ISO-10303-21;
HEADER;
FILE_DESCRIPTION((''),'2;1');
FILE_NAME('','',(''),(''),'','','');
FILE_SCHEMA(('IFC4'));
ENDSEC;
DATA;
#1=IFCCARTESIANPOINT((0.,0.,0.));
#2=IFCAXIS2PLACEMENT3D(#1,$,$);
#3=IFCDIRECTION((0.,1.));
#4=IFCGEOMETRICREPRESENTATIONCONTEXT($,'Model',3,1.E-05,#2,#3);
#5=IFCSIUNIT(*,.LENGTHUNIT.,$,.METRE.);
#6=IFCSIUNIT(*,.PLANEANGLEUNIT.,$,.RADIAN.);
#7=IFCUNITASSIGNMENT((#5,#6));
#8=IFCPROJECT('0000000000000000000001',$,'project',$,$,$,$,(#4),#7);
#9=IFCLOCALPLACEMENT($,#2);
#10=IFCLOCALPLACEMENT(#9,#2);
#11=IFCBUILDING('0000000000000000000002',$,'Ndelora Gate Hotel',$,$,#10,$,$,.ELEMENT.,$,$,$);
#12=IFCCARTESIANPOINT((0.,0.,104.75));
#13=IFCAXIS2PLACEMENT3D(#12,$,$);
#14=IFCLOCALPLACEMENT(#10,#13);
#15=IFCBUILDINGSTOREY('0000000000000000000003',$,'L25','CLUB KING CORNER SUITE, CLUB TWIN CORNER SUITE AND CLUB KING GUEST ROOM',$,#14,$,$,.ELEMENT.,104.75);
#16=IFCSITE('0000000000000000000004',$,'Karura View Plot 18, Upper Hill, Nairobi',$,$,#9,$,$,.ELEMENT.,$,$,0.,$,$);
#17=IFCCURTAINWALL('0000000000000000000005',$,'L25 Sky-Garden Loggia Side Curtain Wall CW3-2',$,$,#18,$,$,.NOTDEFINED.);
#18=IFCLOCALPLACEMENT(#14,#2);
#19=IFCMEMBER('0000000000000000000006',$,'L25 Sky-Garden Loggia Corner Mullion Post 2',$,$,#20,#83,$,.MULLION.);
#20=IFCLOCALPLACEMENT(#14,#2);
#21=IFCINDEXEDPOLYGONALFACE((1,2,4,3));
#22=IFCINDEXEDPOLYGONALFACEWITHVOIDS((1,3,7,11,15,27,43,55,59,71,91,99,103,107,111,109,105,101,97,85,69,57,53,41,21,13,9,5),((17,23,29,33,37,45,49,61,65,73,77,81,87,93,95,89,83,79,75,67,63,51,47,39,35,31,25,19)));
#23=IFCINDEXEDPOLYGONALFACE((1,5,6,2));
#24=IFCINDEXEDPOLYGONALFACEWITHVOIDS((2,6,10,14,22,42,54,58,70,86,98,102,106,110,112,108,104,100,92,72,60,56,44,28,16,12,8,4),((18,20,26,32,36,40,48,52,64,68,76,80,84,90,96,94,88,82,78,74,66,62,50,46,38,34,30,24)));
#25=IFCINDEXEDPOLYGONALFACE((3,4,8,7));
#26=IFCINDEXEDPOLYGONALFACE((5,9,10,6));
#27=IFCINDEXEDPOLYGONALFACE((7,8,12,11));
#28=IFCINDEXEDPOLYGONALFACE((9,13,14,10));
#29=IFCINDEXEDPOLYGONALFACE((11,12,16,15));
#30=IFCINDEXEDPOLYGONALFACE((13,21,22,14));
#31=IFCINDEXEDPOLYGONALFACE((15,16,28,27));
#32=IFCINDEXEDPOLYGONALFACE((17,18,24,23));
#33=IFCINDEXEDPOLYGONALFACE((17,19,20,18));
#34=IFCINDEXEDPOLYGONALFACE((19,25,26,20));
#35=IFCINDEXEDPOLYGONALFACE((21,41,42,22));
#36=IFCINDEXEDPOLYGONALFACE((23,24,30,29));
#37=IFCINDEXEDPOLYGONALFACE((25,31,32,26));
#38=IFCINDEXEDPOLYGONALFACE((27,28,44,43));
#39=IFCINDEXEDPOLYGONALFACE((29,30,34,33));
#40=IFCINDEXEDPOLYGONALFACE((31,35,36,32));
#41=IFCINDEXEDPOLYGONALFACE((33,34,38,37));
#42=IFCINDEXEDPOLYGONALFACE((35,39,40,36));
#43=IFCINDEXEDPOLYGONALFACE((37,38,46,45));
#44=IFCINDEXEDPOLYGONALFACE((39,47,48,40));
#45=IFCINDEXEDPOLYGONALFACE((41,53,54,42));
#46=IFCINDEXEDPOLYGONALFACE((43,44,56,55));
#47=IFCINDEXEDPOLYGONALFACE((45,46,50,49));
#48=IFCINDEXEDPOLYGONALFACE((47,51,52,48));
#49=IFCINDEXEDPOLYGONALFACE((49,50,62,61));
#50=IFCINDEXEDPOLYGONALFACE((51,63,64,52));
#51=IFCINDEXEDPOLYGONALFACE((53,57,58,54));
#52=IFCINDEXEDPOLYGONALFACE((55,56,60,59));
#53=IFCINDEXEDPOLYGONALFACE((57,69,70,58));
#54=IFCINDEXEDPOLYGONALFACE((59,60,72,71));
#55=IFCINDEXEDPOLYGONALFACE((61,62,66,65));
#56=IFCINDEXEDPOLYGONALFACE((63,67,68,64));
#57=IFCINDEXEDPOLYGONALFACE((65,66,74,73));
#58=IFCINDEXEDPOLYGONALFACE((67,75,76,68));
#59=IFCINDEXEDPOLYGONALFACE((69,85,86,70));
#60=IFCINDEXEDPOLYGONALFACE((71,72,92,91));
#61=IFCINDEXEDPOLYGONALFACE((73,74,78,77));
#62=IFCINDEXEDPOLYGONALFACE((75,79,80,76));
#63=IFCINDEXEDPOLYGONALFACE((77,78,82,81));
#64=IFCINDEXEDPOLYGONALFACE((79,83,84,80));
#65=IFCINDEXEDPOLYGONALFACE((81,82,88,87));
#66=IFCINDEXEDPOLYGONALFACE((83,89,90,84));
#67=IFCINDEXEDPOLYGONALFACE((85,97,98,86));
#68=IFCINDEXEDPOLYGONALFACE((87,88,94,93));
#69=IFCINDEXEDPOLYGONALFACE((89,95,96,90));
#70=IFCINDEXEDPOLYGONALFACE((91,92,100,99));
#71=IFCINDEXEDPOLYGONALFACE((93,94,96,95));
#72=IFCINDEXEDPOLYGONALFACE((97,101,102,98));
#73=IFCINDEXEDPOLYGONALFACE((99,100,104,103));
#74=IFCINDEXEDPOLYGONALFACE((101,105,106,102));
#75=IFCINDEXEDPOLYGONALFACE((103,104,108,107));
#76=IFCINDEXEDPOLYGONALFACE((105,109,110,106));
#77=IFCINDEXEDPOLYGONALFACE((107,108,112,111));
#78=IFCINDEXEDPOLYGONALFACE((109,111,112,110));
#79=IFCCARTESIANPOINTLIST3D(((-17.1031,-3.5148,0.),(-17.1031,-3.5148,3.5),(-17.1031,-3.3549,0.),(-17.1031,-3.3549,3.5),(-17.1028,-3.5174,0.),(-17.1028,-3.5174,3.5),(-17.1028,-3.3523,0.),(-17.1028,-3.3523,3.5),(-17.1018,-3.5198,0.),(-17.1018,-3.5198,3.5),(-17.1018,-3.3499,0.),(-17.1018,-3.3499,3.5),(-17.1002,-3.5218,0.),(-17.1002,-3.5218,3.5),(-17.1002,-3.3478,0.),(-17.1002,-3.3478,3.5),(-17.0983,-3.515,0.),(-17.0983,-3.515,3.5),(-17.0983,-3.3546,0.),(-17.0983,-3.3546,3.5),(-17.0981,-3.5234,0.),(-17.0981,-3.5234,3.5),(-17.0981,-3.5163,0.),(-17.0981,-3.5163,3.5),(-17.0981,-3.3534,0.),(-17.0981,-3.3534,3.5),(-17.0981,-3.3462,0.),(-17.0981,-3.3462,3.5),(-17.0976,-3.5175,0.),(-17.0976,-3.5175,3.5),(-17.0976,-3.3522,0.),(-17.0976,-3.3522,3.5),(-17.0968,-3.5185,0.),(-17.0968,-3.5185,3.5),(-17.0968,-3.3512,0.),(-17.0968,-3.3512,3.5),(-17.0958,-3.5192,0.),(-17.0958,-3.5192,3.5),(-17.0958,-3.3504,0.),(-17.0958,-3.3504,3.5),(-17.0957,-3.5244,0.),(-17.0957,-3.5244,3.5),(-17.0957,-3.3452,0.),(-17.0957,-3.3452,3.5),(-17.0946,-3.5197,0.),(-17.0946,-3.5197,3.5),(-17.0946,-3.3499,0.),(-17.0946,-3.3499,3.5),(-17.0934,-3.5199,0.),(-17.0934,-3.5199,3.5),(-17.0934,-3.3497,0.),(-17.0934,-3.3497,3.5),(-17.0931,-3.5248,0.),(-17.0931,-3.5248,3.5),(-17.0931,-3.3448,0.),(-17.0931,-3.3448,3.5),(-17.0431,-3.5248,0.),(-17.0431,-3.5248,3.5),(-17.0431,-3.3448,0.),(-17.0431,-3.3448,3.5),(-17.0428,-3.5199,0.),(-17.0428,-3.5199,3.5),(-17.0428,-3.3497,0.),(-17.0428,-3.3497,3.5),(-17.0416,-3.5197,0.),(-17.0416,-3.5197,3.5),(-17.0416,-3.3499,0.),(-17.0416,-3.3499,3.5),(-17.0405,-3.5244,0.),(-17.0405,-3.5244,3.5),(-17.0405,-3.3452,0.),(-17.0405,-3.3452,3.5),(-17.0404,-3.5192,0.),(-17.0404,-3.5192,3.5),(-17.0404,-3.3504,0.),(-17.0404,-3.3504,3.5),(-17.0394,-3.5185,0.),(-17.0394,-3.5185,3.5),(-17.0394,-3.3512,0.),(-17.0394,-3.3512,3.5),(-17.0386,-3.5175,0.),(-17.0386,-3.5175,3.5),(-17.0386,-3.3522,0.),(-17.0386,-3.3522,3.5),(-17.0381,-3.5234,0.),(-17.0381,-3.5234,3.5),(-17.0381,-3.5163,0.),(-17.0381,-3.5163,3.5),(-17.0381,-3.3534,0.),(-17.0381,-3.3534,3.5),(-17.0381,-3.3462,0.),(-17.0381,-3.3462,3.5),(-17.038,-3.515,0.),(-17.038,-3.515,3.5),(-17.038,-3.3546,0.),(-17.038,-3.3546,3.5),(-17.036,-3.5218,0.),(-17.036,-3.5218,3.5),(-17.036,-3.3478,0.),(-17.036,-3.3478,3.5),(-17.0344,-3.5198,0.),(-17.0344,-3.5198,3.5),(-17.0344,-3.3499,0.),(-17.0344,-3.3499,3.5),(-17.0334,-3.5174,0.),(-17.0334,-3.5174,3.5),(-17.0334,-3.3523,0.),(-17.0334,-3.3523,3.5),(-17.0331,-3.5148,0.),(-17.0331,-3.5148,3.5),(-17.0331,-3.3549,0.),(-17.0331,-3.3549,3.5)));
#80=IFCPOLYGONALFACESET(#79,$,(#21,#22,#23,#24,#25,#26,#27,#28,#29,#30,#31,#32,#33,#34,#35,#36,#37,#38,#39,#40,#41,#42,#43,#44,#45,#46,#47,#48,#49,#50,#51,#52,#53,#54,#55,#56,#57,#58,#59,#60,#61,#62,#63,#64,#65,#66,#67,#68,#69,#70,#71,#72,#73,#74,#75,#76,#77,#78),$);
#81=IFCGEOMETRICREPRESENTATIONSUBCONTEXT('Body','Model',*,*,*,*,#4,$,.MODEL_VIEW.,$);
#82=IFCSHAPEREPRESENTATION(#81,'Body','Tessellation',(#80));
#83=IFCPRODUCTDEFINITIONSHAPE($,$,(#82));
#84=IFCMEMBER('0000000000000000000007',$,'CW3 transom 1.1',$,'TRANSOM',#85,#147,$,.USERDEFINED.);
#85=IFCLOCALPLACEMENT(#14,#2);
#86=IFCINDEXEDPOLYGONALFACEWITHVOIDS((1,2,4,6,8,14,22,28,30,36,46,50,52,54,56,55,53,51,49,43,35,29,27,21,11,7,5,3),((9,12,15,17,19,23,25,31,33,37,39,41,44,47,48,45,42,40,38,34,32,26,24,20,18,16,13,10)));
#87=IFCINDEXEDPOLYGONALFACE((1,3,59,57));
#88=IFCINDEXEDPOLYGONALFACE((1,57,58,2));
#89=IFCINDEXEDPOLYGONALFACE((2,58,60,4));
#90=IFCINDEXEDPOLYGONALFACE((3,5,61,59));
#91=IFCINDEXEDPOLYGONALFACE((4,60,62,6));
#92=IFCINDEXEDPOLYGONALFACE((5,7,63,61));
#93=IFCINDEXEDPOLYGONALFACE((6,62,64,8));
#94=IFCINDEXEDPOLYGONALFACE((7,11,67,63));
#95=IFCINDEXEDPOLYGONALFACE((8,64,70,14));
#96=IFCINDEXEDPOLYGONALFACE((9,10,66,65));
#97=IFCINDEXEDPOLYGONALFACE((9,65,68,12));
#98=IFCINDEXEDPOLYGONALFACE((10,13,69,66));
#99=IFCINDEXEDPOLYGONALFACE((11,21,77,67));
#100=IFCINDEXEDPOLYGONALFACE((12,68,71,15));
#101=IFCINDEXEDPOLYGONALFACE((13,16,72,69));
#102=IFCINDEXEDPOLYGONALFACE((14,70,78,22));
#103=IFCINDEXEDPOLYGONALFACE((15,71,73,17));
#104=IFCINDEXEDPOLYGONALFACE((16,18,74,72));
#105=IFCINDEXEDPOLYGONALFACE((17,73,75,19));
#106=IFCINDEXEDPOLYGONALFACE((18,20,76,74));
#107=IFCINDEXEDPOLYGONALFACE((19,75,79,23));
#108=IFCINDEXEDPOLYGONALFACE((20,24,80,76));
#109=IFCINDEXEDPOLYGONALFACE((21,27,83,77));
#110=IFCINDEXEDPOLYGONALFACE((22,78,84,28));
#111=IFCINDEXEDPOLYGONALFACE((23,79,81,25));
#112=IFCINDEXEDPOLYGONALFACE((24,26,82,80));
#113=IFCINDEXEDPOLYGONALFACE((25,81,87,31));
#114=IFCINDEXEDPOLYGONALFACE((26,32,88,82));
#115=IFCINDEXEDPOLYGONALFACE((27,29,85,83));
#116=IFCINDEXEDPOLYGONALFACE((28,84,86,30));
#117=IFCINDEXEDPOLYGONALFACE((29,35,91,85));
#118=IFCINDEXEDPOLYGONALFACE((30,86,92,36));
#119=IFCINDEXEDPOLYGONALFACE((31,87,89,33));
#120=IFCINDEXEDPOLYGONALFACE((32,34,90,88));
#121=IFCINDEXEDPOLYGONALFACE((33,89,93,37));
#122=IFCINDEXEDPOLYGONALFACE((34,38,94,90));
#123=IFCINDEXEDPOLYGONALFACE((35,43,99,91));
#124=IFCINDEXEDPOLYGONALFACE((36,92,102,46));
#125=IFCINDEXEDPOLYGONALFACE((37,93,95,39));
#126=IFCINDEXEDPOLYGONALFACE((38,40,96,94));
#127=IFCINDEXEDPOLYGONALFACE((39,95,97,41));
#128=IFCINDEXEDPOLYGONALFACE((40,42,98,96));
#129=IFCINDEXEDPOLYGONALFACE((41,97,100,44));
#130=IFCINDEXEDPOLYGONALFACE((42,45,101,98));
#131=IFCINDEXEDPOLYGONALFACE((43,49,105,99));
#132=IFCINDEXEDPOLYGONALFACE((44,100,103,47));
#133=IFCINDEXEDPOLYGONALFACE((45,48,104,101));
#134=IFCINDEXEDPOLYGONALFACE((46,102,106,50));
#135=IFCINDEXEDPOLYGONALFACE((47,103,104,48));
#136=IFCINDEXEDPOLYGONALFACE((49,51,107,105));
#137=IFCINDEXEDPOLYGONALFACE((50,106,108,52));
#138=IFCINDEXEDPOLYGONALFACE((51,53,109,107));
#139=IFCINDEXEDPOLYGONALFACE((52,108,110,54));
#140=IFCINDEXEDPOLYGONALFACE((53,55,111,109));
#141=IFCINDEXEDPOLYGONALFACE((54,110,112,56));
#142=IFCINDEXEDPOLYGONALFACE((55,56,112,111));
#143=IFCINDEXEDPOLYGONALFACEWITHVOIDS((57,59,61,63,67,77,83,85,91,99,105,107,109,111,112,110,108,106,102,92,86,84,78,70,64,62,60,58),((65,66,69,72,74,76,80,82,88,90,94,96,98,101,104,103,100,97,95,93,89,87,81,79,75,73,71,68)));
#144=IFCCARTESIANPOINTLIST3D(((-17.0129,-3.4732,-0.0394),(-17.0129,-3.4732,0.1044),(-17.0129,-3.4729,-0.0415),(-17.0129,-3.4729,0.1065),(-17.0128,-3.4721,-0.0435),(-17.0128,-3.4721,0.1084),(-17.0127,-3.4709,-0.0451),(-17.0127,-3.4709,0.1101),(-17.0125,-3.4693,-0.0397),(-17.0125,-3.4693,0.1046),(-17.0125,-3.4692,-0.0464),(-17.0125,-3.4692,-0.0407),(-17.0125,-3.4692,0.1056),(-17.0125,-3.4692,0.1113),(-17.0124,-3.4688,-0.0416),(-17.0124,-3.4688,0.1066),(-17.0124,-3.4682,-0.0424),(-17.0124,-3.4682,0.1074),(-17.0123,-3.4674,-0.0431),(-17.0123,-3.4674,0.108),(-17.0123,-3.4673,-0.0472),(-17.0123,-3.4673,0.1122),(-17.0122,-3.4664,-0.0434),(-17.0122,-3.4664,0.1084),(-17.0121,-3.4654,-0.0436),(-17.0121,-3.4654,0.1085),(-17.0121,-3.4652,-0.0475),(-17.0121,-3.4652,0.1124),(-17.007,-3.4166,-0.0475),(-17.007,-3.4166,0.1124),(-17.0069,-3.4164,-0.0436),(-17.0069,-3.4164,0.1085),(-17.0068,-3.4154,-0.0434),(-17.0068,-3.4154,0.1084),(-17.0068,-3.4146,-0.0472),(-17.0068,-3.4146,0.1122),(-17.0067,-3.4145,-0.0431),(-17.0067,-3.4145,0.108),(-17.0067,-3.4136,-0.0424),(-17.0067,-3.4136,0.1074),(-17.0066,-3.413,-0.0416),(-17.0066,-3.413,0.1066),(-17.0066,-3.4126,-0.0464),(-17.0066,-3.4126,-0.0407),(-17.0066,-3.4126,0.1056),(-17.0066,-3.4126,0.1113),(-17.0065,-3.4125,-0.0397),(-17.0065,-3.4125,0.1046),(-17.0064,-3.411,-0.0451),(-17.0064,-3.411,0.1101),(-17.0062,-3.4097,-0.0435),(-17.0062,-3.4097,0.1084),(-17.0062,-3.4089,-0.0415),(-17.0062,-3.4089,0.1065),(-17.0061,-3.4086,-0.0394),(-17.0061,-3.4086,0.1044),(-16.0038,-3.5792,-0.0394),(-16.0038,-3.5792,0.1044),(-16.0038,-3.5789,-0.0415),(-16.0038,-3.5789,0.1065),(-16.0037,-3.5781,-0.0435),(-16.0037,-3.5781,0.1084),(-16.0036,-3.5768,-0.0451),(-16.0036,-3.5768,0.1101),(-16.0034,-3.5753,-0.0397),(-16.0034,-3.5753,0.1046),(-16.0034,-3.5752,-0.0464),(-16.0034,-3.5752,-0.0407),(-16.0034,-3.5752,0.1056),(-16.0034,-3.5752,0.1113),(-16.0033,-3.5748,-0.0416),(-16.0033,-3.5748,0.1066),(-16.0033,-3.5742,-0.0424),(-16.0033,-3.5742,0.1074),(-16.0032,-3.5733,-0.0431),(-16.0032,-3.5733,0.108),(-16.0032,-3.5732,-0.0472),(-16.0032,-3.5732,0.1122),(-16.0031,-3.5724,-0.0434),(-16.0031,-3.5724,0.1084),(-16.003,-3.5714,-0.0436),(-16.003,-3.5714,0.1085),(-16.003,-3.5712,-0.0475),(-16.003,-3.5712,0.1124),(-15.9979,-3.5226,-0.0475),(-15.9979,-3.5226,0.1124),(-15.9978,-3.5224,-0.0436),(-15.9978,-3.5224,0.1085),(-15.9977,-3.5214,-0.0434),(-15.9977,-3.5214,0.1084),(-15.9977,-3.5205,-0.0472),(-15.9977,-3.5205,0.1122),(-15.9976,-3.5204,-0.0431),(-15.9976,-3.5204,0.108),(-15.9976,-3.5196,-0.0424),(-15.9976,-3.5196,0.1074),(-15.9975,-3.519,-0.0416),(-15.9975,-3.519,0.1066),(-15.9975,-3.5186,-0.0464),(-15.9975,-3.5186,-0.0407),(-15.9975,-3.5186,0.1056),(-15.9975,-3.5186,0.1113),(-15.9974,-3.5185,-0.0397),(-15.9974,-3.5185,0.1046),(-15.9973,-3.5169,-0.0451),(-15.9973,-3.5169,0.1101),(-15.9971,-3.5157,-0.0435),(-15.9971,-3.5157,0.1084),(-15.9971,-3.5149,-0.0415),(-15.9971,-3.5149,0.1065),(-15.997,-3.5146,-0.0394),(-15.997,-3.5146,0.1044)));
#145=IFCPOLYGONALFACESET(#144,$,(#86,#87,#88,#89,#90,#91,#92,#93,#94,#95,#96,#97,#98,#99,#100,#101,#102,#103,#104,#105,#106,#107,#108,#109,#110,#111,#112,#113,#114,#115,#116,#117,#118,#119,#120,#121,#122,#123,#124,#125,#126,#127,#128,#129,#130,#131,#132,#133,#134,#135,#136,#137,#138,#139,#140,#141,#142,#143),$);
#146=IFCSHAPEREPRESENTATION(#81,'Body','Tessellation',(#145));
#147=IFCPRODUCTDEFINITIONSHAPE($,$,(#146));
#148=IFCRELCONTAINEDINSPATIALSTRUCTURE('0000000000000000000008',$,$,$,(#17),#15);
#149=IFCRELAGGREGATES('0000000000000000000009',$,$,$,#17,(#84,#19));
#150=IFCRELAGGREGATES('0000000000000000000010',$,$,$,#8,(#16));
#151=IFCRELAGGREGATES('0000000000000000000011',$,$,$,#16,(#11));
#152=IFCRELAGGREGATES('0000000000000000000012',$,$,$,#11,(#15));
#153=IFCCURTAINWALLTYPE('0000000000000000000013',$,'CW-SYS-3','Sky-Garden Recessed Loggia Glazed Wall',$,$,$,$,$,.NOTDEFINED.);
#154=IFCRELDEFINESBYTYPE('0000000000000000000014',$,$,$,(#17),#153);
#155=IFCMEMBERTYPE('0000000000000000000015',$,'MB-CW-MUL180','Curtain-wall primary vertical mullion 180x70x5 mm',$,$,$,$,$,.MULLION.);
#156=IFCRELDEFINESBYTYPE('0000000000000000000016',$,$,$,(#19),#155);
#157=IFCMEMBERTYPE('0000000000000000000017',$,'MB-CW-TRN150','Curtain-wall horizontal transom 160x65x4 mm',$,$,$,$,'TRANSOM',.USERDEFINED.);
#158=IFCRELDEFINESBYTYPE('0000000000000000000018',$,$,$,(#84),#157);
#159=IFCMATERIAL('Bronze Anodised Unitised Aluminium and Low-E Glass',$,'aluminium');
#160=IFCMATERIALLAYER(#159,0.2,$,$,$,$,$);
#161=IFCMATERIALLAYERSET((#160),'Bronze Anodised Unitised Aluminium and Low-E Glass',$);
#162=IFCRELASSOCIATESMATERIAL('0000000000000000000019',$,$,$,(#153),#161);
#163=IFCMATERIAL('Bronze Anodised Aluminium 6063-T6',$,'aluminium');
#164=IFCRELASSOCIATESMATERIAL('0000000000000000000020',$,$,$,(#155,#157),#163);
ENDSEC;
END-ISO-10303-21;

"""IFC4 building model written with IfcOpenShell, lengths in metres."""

from ifc_helpers import new_model, si_unit, direction, frame, origin, origin_2d, place, context, subcontext, project, spatial, hollow_rectangle, extrude, material, layer, layer_set, material_profile, profile_set, type_object, element, aggregate, save


model = new_model("IFC4")

# Units and contexts
model_context = context("Model", 3, precision=1e-05, world=origin(), true_north=direction((0.0, 1.0)))
body_context = subcontext(model_context, "Body", "Model", "MODEL_VIEW")
ifc_project = project(units=[si_unit("LENGTHUNIT", "METRE"), si_unit("PLANEANGLEUNIT", "RADIAN")], contexts=[model_context])

# Site, building, storey
site_placement = place(None, origin())
site = spatial("IfcSite", under=ifc_project, at=site_placement, Name="Karura View Plot 18, Upper Hill, Nairobi", CompositionType="ELEMENT", RefElevation=0.0)
building_placement = place(site_placement, origin())
building = spatial("IfcBuilding", under=site, at=building_placement, Name="Ndelora Gate Hotel", CompositionType="ELEMENT")
storey_placement = place(building_placement, frame((0.0, 0.0, 104.75)))
storey = spatial("IfcBuildingStorey", under=building, at=storey_placement, Name="L25", Description="CLUB KING CORNER SUITE, CLUB TWIN CORNER SUITE AND CLUB KING GUEST ROOM", CompositionType="ELEMENT", Elevation=104.75)

# Curtain wall, members
ifc_material_1 = material(Name="Bronze Anodised Unitised Aluminium and Low-E Glass", Category="aluminium")
ifc_layer_1 = layer(ifc_material_1, 0.2)
ifc_layer_set_1 = layer_set([ifc_layer_1], Name="Bronze Anodised Unitised Aluminium and Low-E Glass")
curtain_wall_type = type_object("IfcCurtainWallType", Name="CW-SYS-3", Description="Sky-Garden Recessed Loggia Glazed Wall", PredefinedType="NOTDEFINED", material=ifc_layer_set_1)
curtain_wall_placement = place(storey_placement, origin())
curtain_wall = element("IfcCurtainWall", 1, at=curtain_wall_placement, inside=storey, type_object=curtain_wall_type, Name="L25 Sky-Garden Loggia Side Curtain Wall CW3-2", PredefinedType="NOTDEFINED")
ifc_material_2 = material(Name="Bronze Anodised Aluminium 6063-T6", Category="aluminium")
ifc_material_profile_1 = material_profile(ifc_material_2, hollow_rectangle(XDim=0.0701, YDim=0.1799, WallThickness=0.0049, InnerFilletRadius=0.0049, OuterFilletRadius=0.01, at=origin_2d()), Name="ALU 180x70x5")
ifc_profile_set_1 = profile_set([ifc_material_profile_1], Name="Bronze Anodised Aluminium 6063-T6")
member_type_1 = type_object("IfcMemberType", Name="MB-CW-MUL180", Description="Curtain-wall primary vertical mullion 180x70x5 mm", PredefinedType="MULLION", material=ifc_profile_set_1)
member_1_placement = place(storey_placement, frame((-17.0681, -3.4348, 0.0), z_axis=(0.0, 0.0, 1.0), x_axis=(1.0, 0.0, 0.0)))
member_1 = element("IfcMember", 2, at=member_1_placement, type_object=member_type_1, Name="L25 Sky-Garden Loggia Corner Mullion Post 2", PredefinedType="MULLION", context=body_context, shape_type="SweptSolid", body=[
    extrude(hollow_rectangle(XDim=0.0701, YDim=0.1799, WallThickness=0.0049, InnerFilletRadius=0.0049, OuterFilletRadius=0.01, at=origin_2d()), origin(), (0.0, 0.0, 1.0), 3.5),
])
ifc_material_profile_2 = material_profile(ifc_material_2, hollow_rectangle(XDim=0.0649, YDim=0.1599, WallThickness=0.0039, InnerFilletRadius=0.0039, OuterFilletRadius=0.0081, at=origin_2d()), Name="ALU 160x65x4")
ifc_profile_set_2 = profile_set([ifc_material_profile_2], Name="Bronze Anodised Aluminium 6063-T6")
member_type_2 = type_object("IfcMemberType", Name="MB-CW-TRN150", Description="Curtain-wall horizontal transom 160x65x4 mm", ElementType="TRANSOM", PredefinedType="USERDEFINED", material=ifc_profile_set_2)
member_2_placement = place(storey_placement, frame((-17.0095, -3.4409, 0.0325), z_axis=(0.994532, -0.104434, 0.0), x_axis=(0.104434, 0.994532, 0.0)))
member_2 = element("IfcMember", 3, at=member_2_placement, type_object=member_type_2, Name="CW3 transom 1.1", ObjectType="TRANSOM", PredefinedType="USERDEFINED", context=body_context, shape_type="SweptSolid", body=[
    extrude(hollow_rectangle(XDim=0.0649, YDim=0.1599, WallThickness=0.0039, InnerFilletRadius=0.0039, OuterFilletRadius=0.0081, at=origin_2d()), origin(), (0.0, 0.0, 1.0), 1.0146),
])
aggregate(curtain_wall, [member_2, member_1])

save(model, "model.ifc")
